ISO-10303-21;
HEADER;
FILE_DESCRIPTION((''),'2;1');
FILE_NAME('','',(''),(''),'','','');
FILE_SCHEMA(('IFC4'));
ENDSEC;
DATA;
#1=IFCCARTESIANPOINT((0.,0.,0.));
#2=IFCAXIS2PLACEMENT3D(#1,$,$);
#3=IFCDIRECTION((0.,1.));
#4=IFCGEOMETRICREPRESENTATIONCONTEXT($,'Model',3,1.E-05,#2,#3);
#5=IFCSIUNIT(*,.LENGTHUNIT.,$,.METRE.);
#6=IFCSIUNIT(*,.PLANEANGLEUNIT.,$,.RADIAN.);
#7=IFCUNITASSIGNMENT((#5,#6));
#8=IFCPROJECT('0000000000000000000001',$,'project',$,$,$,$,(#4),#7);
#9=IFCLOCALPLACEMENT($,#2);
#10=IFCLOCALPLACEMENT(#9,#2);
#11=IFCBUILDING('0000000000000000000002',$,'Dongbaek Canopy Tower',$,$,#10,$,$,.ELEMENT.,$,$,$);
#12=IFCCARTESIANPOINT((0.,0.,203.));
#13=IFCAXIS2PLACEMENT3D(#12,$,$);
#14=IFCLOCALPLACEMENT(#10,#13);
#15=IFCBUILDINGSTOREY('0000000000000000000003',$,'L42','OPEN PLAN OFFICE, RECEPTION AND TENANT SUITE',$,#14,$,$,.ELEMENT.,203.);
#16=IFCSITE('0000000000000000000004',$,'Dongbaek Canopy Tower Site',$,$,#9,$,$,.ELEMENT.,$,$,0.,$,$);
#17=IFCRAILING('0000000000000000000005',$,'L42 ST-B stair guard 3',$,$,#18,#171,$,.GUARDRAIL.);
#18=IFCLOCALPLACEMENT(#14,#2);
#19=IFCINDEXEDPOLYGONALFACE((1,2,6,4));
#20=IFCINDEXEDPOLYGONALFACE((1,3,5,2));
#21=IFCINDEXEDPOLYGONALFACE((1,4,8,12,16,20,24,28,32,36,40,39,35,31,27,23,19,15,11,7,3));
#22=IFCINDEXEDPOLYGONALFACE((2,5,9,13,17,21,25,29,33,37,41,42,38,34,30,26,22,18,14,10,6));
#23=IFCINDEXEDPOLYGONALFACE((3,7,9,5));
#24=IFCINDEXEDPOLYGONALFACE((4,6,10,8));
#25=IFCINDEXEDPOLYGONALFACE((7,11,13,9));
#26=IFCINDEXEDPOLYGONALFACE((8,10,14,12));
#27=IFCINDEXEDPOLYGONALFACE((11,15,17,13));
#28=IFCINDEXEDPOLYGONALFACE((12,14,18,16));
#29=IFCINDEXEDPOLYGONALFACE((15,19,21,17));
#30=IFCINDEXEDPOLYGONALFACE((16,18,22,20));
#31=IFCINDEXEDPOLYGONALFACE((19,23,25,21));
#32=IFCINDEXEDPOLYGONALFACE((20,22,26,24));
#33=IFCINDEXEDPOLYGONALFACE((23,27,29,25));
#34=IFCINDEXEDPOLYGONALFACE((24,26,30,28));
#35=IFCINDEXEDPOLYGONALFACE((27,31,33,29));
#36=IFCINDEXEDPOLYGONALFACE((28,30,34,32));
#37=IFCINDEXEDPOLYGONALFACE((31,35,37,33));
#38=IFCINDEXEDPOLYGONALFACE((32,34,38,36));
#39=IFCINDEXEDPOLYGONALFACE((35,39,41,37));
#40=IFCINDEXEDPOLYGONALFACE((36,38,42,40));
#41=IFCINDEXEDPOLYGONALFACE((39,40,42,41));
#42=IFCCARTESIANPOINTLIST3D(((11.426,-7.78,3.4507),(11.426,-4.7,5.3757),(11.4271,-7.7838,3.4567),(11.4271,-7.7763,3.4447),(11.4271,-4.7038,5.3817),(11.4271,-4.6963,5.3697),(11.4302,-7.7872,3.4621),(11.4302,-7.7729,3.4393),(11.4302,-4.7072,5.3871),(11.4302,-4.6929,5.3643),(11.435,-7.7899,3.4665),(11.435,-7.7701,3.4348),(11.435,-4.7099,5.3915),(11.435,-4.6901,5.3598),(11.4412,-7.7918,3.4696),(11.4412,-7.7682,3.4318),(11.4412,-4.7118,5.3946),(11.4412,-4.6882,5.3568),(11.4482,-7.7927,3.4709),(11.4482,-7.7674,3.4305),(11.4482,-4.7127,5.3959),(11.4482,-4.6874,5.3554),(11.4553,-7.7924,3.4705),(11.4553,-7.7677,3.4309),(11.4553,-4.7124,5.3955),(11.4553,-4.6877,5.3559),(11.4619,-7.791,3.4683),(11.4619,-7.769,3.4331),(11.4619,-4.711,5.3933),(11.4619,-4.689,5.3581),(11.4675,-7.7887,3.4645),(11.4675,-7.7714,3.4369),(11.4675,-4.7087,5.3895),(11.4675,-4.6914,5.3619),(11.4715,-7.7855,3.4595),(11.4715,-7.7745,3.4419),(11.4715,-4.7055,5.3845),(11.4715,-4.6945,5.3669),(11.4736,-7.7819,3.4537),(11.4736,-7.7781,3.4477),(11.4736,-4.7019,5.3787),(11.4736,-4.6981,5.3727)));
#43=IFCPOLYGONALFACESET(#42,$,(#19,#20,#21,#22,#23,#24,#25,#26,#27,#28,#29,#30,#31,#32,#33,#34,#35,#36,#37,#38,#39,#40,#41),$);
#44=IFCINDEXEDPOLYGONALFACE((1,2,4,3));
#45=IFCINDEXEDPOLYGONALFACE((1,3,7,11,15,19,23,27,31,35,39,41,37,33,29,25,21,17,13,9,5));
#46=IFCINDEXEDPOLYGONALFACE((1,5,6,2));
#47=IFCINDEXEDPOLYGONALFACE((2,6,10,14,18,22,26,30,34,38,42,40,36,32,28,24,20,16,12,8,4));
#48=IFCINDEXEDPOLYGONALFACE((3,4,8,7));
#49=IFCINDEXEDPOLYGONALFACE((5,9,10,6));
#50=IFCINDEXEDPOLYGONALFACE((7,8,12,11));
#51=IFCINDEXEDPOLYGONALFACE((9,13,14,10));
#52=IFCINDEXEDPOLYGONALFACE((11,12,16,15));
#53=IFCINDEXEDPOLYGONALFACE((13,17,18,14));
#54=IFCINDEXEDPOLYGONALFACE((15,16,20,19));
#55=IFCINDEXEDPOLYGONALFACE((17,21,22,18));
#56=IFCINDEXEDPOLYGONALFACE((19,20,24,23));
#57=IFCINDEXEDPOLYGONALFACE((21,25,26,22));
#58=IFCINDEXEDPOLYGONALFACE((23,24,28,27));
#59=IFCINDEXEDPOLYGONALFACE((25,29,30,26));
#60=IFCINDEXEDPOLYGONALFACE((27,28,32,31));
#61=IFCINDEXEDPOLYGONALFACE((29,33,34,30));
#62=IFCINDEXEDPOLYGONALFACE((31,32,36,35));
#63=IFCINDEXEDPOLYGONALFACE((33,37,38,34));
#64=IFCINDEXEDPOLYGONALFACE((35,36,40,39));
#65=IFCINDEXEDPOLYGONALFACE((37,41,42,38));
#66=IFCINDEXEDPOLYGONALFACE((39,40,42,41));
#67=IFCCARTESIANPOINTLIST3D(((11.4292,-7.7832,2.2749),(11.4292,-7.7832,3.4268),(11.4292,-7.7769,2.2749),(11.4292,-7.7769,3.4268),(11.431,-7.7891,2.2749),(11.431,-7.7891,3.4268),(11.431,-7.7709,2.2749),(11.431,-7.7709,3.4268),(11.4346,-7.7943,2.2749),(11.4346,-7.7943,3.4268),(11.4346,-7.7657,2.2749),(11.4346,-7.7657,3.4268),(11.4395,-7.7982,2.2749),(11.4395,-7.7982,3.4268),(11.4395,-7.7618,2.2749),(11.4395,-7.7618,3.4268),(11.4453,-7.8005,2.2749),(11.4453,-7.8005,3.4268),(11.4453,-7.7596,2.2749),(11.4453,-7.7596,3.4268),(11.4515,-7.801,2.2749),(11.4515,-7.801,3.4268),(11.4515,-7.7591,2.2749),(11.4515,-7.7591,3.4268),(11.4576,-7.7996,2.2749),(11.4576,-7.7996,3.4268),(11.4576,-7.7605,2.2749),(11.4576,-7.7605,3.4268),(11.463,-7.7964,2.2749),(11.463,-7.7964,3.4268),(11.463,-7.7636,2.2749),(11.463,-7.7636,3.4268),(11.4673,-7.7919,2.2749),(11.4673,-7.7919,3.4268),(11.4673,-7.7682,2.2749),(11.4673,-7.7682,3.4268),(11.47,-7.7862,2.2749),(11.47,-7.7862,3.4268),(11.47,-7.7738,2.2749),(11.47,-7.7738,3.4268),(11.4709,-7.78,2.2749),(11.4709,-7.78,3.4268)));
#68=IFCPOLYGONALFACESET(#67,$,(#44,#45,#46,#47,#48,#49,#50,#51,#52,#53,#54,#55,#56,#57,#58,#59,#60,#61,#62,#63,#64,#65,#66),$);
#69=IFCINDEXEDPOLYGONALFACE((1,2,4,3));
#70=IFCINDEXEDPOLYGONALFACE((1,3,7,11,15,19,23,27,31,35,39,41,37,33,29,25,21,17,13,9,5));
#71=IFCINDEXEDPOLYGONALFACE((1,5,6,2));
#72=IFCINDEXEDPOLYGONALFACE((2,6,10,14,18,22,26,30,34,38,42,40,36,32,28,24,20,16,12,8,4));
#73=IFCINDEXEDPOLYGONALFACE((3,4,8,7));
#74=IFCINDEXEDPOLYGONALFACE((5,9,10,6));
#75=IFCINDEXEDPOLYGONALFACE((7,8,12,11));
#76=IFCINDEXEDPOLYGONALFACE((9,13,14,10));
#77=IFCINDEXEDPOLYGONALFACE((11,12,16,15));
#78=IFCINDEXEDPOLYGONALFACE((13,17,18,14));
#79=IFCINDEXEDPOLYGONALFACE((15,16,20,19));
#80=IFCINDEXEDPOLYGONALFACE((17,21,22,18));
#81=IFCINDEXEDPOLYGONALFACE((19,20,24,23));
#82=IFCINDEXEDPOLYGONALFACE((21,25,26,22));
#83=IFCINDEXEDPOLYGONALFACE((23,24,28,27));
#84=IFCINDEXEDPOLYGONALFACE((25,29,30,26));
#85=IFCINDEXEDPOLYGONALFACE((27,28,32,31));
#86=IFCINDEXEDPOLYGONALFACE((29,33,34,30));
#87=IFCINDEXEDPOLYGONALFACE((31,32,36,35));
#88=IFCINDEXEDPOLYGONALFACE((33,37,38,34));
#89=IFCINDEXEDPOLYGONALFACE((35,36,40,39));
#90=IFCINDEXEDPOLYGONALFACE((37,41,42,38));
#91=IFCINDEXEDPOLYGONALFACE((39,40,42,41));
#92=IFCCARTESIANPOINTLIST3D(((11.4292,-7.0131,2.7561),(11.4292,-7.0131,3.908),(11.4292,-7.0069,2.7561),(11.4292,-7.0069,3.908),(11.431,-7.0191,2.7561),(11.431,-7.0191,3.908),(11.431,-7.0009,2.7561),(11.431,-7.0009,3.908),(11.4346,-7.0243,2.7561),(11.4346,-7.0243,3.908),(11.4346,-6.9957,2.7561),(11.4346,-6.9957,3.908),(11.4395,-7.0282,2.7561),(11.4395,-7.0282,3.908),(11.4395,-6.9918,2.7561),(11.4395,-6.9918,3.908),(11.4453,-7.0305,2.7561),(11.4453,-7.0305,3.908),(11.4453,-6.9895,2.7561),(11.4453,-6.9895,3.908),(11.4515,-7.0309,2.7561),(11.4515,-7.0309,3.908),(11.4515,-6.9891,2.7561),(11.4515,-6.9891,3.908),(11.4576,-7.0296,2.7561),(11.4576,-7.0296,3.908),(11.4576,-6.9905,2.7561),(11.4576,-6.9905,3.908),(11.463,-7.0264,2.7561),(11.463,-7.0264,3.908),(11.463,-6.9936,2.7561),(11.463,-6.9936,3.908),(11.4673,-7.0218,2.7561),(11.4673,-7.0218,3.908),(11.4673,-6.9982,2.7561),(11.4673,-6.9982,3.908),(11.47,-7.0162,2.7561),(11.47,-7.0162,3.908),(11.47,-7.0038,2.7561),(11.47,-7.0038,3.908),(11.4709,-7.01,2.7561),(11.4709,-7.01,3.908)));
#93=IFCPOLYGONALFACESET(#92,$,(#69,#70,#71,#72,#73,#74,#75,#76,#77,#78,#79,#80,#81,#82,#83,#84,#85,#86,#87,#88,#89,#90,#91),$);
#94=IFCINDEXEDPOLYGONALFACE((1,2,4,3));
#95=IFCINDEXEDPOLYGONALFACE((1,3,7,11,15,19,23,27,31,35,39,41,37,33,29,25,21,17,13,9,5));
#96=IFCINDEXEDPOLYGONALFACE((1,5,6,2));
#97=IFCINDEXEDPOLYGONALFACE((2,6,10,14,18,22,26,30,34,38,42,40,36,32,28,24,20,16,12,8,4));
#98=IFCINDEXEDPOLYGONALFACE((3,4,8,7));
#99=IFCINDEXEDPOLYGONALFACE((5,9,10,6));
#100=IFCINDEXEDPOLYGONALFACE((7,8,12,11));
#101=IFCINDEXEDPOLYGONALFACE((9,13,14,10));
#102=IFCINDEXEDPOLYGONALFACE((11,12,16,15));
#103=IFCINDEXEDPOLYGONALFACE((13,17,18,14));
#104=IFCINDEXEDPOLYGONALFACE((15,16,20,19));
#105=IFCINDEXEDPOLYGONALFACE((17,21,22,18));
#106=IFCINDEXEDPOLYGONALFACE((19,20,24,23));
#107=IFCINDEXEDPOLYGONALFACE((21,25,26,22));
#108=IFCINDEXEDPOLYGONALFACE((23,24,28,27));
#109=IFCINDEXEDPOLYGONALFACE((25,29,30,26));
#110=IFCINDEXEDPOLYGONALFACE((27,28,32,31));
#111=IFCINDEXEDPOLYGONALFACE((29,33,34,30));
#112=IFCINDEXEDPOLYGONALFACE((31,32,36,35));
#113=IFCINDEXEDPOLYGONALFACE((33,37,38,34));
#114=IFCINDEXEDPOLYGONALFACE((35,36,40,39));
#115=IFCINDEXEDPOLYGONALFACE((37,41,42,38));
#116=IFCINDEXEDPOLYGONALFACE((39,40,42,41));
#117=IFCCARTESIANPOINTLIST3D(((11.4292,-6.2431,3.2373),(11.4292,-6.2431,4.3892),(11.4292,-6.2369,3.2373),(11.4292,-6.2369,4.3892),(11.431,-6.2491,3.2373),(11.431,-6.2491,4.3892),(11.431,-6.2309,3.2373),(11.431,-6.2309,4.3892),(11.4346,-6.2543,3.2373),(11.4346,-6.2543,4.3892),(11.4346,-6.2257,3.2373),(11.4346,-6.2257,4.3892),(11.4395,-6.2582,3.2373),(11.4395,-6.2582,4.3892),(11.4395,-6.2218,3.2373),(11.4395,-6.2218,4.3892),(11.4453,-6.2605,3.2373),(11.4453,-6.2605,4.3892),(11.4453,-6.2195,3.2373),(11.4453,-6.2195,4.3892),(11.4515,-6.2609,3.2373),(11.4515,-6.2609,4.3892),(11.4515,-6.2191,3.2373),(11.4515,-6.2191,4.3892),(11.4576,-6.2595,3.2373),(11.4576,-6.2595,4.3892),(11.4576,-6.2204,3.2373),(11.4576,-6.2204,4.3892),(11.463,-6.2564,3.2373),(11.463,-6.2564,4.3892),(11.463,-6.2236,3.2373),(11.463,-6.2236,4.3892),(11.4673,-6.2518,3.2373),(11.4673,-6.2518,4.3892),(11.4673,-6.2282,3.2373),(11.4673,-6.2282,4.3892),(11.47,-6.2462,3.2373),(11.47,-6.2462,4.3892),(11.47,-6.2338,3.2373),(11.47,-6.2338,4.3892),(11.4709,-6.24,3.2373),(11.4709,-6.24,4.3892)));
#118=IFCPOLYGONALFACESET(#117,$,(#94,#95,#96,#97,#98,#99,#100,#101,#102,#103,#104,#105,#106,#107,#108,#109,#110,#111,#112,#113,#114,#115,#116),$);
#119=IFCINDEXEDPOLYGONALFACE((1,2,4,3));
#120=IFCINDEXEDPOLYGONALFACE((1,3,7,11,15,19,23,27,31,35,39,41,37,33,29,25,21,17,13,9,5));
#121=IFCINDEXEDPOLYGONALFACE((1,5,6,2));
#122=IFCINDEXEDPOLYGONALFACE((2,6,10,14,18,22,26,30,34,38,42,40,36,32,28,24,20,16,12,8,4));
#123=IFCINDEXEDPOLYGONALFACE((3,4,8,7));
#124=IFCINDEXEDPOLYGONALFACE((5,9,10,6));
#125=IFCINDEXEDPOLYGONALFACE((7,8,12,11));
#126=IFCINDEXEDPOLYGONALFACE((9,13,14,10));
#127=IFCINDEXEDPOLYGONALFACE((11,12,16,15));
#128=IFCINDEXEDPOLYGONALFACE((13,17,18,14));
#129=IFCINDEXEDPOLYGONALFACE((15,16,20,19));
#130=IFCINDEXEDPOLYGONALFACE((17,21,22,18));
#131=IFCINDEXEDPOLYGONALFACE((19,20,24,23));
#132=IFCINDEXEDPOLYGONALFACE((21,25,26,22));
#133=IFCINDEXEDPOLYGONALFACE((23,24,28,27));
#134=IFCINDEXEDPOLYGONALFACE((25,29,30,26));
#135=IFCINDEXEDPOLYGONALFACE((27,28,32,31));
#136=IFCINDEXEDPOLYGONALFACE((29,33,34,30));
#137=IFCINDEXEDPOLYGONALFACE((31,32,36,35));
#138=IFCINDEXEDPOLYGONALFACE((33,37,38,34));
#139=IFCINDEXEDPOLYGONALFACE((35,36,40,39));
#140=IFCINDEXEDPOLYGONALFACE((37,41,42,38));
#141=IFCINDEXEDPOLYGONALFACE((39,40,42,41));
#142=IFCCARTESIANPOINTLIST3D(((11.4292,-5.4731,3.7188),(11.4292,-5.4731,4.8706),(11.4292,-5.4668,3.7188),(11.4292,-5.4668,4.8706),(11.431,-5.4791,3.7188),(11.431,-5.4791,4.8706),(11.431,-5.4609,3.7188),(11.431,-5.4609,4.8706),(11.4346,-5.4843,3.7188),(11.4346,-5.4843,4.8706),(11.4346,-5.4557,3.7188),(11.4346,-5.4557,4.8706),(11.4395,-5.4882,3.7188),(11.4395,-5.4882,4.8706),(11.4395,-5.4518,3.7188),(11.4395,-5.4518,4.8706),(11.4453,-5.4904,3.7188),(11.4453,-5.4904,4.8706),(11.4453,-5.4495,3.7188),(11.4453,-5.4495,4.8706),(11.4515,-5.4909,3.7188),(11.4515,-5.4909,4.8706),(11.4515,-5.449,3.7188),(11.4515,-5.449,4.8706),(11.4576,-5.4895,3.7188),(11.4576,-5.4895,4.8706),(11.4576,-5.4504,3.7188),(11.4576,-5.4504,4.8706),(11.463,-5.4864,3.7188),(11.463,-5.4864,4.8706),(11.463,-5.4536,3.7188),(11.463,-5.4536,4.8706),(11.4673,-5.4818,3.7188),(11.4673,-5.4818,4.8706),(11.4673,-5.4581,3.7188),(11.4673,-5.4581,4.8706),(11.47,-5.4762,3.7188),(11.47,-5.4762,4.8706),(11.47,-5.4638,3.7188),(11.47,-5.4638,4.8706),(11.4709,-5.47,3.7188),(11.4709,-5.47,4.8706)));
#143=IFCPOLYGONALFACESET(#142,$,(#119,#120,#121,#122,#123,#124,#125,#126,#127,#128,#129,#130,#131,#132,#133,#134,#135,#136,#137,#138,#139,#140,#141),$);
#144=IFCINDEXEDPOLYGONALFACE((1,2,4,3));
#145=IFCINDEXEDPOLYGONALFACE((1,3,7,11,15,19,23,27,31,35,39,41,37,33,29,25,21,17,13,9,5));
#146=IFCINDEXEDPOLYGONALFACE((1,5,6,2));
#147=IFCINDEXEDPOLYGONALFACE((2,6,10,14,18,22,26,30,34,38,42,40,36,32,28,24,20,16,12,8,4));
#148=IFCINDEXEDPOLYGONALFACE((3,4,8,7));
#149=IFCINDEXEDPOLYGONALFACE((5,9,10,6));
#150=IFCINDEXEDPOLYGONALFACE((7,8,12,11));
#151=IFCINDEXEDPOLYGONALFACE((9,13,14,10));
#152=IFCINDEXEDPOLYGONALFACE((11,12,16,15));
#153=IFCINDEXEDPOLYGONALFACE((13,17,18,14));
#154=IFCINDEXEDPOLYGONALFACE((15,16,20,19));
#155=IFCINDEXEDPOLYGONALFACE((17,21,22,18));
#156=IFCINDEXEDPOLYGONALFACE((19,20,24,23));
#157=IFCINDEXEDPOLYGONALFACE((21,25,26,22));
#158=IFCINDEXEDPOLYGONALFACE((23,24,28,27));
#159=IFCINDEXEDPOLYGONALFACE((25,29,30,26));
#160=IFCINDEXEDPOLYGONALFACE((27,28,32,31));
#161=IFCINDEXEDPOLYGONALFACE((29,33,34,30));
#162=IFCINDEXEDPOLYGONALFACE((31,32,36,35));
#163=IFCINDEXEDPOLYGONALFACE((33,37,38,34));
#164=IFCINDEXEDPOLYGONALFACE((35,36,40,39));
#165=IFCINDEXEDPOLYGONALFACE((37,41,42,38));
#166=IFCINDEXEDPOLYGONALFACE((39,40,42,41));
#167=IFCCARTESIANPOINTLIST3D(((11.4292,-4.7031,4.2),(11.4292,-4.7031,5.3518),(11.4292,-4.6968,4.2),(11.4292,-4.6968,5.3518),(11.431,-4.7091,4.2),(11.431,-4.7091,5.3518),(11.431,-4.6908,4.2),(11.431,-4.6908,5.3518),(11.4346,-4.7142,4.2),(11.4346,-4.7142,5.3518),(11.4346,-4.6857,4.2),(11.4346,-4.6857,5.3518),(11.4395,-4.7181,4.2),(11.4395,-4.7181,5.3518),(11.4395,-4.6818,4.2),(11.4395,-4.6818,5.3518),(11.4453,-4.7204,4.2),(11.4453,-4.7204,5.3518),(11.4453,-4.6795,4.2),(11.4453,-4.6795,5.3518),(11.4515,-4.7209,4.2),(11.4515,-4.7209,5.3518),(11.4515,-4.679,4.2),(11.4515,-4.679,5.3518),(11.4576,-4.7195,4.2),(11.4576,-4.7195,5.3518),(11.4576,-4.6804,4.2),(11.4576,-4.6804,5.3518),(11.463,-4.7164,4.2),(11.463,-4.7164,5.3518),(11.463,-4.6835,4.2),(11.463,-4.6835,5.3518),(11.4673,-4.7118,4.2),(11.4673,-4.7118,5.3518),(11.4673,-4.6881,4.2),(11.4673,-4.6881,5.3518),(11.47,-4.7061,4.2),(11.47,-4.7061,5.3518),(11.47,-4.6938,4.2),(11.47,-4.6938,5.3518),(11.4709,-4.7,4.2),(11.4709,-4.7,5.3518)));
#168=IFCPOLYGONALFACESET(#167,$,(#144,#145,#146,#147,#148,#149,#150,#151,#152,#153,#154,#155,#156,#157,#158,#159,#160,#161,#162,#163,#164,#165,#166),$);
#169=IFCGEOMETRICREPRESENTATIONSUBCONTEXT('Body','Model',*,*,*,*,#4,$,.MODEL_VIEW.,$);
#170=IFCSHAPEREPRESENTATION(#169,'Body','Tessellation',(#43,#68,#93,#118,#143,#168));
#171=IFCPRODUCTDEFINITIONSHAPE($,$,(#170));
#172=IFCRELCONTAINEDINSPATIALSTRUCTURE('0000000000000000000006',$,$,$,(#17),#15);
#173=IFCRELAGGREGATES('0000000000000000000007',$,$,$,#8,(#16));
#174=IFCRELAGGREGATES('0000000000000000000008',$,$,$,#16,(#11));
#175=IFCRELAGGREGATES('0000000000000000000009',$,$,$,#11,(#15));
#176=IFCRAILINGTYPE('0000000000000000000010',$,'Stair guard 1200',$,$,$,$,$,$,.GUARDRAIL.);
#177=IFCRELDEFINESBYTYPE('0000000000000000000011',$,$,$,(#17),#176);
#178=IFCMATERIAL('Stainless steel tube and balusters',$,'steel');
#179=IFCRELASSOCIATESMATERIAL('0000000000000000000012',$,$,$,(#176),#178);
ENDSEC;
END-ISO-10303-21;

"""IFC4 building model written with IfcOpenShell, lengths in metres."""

from ifc_helpers import new_model, si_unit, direction, frame, origin, origin_2d, place, context, subcontext, project, spatial, circle, extrude, material, type_object, element, save


model = new_model("IFC4")

# Units and contexts
model_context = context("Model", 3, precision=1e-05, world=origin(), true_north=direction((0.0, 1.0)))
body_context = subcontext(model_context, "Body", "Model", "MODEL_VIEW")
ifc_project = project(units=[si_unit("LENGTHUNIT", "METRE"), si_unit("PLANEANGLEUNIT", "RADIAN")], contexts=[model_context])

# Site, building, storey
site_placement = place(None, origin())
site = spatial("IfcSite", under=ifc_project, at=site_placement, Name="Dongbaek Canopy Tower Site", CompositionType="ELEMENT", RefElevation=0.0)
building_placement = place(site_placement, origin())
building = spatial("IfcBuilding", under=site, at=building_placement, Name="Dongbaek Canopy Tower", CompositionType="ELEMENT")
storey_placement = place(building_placement, frame((0.0, 0.0, 203.0)))
storey = spatial("IfcBuildingStorey", under=building, at=storey_placement, Name="L42", Description="OPEN PLAN OFFICE, RECEPTION AND TENANT SUITE", CompositionType="ELEMENT", Elevation=203.0)

# Railing
ifc_material_1 = material(Name="Stainless steel tube and balusters", Category="steel")
railing_type_1 = type_object("IfcRailingType", Name="Stair guard 1200", PredefinedType="GUARDRAIL", material=ifc_material_1)
railing_1_placement = place(storey_placement, frame((11.45, -7.78, 2.2749)))
element("IfcRailing", 1, at=railing_1_placement, inside=storey, type_object=railing_type_1, Name="L42 ST-B stair guard 3", PredefinedType="GUARDRAIL", context=body_context, shape_type="SweptSolid", body=[
    extrude(circle(Radius=0.0239, at=origin_2d()), frame((0.0, 0.0, 1.1758), z_axis=(0.0, 0.847998, 0.529999), x_axis=(-1.0, 0.0, 0.0)), (0.0, 0.0, 1.0), 3.6321),
    extrude(circle(Radius=0.021, at=origin_2d()), origin(), (0.0, 0.0, 1.0), 1.1519),
    extrude(circle(Radius=0.021, at=origin_2d()), frame((0.0, 0.77, 0.4812)), (0.0, 0.0, 1.0), 1.1519),
    extrude(circle(Radius=0.021, at=origin_2d()), frame((0.0, 1.54, 0.9624)), (0.0, 0.0, 1.0), 1.1519),
    extrude(circle(Radius=0.021, at=origin_2d()), frame((0.0, 2.3101, 1.4438)), (0.0, 0.0, 1.0), 1.1519),
    extrude(circle(Radius=0.021, at=origin_2d()), frame((0.0, 3.0801, 1.925)), (0.0, 0.0, 1.0), 1.1519),
])

save(model, "model.ifc")
